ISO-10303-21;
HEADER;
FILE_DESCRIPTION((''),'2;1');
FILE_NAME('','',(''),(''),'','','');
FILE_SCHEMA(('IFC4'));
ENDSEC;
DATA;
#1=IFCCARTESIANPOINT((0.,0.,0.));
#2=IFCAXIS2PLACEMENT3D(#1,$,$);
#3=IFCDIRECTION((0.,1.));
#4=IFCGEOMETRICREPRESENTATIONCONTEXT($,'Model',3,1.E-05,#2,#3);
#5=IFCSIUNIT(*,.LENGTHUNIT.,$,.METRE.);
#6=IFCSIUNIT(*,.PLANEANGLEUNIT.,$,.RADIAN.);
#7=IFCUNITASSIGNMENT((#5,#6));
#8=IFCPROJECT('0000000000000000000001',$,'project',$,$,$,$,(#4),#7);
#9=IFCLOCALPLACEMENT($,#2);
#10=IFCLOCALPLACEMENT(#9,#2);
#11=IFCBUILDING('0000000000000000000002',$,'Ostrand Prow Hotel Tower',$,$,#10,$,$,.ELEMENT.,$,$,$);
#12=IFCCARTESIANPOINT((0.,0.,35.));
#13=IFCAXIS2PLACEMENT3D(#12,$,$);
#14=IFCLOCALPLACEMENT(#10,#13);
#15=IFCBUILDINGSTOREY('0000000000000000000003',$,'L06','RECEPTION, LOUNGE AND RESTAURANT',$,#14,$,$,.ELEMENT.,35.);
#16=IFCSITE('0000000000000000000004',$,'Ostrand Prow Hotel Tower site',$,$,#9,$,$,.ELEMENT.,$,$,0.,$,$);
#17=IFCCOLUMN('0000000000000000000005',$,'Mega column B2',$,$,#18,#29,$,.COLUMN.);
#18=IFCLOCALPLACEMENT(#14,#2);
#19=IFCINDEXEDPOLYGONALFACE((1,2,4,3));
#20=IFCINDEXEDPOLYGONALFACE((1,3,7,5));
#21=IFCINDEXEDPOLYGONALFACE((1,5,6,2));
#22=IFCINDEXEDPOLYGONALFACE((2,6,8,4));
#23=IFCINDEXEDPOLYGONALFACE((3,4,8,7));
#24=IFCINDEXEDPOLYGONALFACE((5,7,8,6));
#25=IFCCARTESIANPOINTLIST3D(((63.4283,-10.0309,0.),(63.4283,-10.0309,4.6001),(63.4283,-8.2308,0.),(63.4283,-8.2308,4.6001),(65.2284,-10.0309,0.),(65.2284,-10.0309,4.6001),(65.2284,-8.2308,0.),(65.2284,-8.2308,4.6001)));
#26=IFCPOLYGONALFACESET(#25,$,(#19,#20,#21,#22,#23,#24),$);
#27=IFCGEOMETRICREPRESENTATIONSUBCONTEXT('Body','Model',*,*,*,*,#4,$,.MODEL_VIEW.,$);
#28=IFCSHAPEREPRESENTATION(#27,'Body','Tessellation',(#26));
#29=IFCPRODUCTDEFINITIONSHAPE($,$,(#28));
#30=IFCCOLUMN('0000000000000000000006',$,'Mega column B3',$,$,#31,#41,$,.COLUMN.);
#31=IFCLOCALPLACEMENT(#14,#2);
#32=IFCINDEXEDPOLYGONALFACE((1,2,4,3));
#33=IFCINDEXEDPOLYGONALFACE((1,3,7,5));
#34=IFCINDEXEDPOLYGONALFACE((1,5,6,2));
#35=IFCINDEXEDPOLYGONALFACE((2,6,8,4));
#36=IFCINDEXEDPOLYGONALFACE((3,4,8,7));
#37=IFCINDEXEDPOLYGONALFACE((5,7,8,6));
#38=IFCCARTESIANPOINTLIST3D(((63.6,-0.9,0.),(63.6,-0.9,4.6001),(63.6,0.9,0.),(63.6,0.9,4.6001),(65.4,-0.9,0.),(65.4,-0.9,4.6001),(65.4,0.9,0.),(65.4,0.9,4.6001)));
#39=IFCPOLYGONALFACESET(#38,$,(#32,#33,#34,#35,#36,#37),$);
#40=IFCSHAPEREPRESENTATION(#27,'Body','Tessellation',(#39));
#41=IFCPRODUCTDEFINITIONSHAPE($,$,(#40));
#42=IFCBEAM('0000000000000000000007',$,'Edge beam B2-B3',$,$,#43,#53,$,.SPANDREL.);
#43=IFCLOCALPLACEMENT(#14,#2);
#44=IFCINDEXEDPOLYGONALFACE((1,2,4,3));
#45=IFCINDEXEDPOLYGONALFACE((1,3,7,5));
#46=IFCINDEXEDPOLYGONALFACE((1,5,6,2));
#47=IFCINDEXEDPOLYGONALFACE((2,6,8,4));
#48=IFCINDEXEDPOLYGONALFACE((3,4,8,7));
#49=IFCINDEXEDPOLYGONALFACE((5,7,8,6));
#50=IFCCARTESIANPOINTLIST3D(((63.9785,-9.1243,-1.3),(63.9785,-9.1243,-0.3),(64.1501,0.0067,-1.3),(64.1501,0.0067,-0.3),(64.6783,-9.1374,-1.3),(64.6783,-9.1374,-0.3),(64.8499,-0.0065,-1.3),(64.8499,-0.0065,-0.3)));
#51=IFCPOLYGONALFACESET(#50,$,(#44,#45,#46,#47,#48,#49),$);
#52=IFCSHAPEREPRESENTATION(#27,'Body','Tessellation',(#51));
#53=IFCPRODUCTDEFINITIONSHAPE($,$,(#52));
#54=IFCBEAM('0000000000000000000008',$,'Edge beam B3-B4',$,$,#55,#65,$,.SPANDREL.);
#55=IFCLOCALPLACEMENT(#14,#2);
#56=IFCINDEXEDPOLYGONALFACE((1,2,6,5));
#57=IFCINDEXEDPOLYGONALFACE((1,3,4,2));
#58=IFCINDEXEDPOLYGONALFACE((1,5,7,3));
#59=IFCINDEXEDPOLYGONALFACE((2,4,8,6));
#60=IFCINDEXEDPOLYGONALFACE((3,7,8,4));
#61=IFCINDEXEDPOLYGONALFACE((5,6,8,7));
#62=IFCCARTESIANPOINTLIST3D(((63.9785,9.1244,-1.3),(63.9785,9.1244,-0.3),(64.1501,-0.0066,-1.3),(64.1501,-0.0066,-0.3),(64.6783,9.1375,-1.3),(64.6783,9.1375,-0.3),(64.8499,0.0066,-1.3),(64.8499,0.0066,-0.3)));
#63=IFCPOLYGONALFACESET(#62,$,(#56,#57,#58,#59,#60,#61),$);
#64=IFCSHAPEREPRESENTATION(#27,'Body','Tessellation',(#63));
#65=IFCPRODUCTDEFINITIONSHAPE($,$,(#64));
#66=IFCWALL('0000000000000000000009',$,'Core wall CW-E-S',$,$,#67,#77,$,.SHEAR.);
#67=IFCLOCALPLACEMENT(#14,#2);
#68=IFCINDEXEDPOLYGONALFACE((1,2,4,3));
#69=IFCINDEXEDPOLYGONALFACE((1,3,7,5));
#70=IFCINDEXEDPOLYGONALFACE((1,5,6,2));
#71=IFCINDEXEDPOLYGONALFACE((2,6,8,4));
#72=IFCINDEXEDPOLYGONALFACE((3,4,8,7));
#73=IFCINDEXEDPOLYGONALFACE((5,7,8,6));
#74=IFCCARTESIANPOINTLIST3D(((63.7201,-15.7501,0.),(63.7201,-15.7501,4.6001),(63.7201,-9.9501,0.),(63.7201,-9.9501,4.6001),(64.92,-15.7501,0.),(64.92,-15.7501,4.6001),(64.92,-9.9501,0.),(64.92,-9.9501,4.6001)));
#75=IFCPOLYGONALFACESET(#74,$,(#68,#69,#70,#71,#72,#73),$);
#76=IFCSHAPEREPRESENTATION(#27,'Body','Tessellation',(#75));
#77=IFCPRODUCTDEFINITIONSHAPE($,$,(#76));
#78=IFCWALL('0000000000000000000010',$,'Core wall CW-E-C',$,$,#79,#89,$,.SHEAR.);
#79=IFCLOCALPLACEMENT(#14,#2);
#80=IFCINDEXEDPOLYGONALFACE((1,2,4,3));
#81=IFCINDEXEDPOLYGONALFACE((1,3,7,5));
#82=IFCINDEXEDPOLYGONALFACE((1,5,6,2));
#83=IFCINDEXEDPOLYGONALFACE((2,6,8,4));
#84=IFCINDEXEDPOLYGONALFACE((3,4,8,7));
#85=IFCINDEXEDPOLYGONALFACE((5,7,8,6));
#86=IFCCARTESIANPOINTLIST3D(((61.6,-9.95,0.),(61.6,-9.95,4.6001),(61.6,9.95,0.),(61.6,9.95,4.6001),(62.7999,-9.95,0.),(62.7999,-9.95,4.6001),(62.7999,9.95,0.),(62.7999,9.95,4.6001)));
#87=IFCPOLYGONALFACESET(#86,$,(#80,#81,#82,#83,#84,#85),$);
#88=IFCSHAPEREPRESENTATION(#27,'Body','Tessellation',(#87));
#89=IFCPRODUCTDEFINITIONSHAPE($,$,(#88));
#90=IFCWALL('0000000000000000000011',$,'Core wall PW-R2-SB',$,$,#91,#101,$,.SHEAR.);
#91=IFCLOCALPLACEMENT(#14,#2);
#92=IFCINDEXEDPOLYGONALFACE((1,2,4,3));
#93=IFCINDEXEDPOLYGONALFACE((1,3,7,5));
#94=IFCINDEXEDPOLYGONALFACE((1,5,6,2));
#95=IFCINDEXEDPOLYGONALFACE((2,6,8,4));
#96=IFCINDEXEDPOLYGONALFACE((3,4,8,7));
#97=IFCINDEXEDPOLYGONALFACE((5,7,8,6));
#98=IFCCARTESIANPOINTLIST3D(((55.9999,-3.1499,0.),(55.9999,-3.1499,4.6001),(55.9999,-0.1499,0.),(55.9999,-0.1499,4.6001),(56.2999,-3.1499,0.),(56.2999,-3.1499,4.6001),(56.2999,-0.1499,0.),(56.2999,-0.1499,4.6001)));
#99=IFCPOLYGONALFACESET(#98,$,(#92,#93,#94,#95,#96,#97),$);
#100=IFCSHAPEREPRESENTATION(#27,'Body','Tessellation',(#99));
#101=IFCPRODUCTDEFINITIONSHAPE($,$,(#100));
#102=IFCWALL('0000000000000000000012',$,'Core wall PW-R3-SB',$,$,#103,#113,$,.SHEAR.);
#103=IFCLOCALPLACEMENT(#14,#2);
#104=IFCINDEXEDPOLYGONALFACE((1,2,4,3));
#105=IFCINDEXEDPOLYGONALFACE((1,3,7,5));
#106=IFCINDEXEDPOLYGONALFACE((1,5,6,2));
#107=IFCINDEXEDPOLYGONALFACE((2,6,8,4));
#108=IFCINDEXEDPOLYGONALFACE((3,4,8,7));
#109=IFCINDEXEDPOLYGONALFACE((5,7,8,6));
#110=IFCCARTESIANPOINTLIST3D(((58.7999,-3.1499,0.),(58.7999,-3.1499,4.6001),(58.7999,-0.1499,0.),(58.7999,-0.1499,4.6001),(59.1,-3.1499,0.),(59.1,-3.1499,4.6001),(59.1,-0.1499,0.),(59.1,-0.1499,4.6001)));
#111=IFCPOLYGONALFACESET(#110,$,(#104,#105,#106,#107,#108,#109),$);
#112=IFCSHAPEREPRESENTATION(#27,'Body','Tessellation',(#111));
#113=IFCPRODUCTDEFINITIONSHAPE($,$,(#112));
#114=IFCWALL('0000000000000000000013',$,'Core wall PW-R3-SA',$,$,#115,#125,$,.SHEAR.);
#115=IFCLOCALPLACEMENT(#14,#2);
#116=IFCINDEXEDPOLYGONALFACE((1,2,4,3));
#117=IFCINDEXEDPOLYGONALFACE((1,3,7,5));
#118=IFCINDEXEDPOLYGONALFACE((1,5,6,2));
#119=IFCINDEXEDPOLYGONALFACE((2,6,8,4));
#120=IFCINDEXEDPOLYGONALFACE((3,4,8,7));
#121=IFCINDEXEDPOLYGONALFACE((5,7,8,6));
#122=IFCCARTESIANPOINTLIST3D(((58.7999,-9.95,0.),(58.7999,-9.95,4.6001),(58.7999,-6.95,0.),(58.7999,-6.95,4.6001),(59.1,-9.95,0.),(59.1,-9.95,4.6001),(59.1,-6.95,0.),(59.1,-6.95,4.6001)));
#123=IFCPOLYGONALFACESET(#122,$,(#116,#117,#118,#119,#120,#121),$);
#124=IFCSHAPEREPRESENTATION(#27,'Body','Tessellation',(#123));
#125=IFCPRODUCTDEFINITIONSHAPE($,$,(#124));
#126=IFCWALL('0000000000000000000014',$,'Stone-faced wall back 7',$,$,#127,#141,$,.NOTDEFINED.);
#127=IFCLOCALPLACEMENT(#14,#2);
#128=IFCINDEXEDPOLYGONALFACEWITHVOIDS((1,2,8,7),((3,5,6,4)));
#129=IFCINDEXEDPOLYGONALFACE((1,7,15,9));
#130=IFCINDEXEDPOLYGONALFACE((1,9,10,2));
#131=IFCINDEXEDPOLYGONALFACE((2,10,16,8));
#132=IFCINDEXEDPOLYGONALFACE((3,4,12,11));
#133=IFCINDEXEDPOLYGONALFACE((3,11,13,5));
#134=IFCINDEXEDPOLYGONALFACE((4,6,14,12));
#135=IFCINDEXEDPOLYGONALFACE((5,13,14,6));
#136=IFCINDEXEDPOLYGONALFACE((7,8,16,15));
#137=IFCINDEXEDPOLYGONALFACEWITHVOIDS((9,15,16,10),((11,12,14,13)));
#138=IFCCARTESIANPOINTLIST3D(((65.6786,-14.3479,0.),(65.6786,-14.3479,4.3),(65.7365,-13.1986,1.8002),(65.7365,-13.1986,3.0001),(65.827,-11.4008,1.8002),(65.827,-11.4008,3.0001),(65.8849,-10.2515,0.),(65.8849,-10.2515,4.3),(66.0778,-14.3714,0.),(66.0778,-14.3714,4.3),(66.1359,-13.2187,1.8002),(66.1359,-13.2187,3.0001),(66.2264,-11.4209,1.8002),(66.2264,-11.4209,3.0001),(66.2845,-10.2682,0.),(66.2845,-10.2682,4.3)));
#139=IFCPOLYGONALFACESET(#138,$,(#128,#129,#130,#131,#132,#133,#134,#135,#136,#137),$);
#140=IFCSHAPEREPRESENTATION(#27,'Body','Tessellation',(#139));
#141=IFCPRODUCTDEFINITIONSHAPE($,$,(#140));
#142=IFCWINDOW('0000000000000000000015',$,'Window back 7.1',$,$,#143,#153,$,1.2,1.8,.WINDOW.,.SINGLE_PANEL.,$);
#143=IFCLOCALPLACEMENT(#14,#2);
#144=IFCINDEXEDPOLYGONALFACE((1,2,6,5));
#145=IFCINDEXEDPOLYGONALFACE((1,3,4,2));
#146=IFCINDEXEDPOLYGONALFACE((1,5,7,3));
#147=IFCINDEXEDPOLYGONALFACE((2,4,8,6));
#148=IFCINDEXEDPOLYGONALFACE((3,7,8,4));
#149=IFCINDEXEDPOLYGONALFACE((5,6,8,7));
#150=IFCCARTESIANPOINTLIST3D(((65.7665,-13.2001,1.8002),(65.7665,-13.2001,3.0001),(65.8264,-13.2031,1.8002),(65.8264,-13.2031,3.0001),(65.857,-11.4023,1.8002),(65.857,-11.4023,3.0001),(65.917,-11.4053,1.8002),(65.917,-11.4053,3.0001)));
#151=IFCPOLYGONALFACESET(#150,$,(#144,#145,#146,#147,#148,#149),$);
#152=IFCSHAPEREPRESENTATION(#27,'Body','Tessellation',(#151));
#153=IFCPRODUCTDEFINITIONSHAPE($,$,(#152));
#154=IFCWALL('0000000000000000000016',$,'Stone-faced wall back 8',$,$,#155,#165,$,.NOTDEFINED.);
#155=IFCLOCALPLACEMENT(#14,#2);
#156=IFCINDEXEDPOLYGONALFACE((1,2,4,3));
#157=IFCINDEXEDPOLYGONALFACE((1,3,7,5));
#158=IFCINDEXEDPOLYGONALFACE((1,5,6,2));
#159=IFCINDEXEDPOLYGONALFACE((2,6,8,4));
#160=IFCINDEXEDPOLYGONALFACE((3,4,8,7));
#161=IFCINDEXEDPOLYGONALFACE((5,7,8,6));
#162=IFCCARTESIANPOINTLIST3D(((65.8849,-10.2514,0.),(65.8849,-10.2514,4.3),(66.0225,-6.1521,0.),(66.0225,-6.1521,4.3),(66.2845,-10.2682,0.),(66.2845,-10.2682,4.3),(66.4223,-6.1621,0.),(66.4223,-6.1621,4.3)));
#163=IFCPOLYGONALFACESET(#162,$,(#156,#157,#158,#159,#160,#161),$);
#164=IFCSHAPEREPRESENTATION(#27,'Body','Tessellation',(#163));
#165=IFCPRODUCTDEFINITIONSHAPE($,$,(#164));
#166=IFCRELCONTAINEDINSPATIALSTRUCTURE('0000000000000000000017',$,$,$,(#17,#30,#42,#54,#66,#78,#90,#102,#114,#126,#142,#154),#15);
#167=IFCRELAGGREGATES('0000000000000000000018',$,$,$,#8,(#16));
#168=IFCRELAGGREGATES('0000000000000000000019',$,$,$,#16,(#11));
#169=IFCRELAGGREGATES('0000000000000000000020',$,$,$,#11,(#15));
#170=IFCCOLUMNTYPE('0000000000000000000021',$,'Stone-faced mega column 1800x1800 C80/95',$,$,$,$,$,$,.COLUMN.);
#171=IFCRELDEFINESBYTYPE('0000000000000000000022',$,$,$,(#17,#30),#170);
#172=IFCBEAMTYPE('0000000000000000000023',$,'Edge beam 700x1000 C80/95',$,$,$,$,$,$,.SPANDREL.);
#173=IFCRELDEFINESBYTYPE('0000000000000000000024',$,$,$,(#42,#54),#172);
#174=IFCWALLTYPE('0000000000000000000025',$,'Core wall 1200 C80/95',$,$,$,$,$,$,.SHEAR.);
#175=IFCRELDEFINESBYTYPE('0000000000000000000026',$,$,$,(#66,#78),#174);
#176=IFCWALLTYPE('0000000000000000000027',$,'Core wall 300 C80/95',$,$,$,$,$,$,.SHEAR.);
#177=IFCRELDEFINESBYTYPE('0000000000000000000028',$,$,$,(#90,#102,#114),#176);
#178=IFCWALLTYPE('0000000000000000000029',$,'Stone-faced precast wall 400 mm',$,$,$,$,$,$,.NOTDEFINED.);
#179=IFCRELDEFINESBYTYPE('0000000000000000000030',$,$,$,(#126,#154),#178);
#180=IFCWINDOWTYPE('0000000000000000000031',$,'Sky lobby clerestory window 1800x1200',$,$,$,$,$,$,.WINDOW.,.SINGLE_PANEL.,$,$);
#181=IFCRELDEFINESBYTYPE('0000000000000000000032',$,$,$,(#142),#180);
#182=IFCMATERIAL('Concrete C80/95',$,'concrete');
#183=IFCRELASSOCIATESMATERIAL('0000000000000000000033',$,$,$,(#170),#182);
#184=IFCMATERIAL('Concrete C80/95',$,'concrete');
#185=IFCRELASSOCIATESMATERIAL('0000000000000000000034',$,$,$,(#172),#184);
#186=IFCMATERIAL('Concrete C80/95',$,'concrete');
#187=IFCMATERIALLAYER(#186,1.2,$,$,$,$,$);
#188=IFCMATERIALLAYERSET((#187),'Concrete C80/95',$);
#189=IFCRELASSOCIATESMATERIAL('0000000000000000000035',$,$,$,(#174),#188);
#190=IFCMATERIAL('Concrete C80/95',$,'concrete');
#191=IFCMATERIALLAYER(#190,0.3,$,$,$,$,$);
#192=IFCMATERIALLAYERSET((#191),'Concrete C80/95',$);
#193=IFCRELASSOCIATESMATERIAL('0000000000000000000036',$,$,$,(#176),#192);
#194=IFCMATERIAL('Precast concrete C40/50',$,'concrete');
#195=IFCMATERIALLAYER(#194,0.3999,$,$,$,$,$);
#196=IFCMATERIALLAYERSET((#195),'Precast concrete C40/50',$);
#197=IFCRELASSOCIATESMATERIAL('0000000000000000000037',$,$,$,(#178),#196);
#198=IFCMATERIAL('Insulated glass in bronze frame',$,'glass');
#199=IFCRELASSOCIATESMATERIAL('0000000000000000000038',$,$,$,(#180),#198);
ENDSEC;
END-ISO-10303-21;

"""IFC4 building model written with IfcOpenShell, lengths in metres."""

from ifc_helpers import new_model, si_unit, direction, frame, frame_2d, origin, origin_2d, place, context, subcontext, project, spatial, polyline, rectangle, outline, extrude, material, layer, layer_set, material_profile, profile_set, type_object, element, fill, save


model = new_model("IFC4")

# Units and contexts
model_context = context("Model", 3, precision=1e-05, world=origin(), true_north=direction((0.0, 1.0)))
body_context = subcontext(model_context, "Body", "Model", "MODEL_VIEW")
ifc_project = project(units=[si_unit("LENGTHUNIT", "METRE"), si_unit("PLANEANGLEUNIT", "RADIAN")], contexts=[model_context])

# Site, building, storey
site_placement = place(None, origin())
site = spatial("IfcSite", under=ifc_project, at=site_placement, Name="Ostrand Prow Hotel Tower site", CompositionType="ELEMENT", RefElevation=0.0)
building_placement = place(site_placement, origin())
building = spatial("IfcBuilding", under=site, at=building_placement, Name="Ostrand Prow Hotel Tower", CompositionType="ELEMENT")
storey_placement = place(building_placement, frame((0.0, 0.0, 35.0)))
storey = spatial("IfcBuildingStorey", under=building, at=storey_placement, Name="L06", Description="RECEPTION, LOUNGE AND RESTAURANT", CompositionType="ELEMENT", Elevation=35.0)

# Columns
ifc_material_1 = material(Name="Concrete C80/95", Category="concrete")
ifc_material_profile_1 = material_profile(ifc_material_1, rectangle(XDim=1.8, YDim=1.8, at=origin_2d()), Name="RC 1800x1800")
ifc_profile_set_1 = profile_set([ifc_material_profile_1], Name="Concrete C80/95")
column_type = type_object("IfcColumnType", Name="Stone-faced mega column 1800x1800 C80/95", PredefinedType="COLUMN", material=ifc_profile_set_1)
for number, where, z_axis, x_axis, name in (
    (1, (64.3284, -9.1309, 0.0), (0.0, 0.0, 1.0), (1.0, 0.0, 0.0), "Mega column B2"),
    (2, (64.5, 0.0, 0.0), (0.0, 0.0, 1.0), (1.0, 0.0, 0.0), "Mega column B3"),
):
    element("IfcColumn", number, at=place(storey_placement, frame(where, z_axis=z_axis, x_axis=x_axis)), inside=storey, type_object=column_type, Name=name, PredefinedType="COLUMN", context=body_context, shape_type="SweptSolid", body=[
        extrude(rectangle(XDim=1.8, YDim=1.8, at=origin_2d()), origin(), (0.0, 0.0, 1.0), 4.6001),
    ])

# Beams
ifc_material_2 = material(Name="Concrete C80/95", Category="concrete")
ifc_material_profile_2 = material_profile(ifc_material_2, rectangle(XDim=0.7, YDim=1.0, at=origin_2d()), Name="RC 700x1000")
ifc_profile_set_2 = profile_set([ifc_material_profile_2], Name="Concrete C80/95")
beam_type = type_object("IfcBeamType", Name="Edge beam 700x1000 C80/95", PredefinedType="SPANDREL", material=ifc_profile_set_2)
for number, where, z_axis, x_axis, name in (
    (3, (64.3284, -9.1309, -0.8), (0.018793, 0.999823, 0.0), (-0.999823, 0.018793, 0.0), "Edge beam B2-B3"),
    (4, (64.5, 0.0, -0.8), (-0.018793, 0.999823, 0.0), (-0.999823, -0.018793, 0.0), "Edge beam B3-B4"),
):
    element("IfcBeam", number, at=place(storey_placement, frame(where, z_axis=z_axis, x_axis=x_axis)), inside=storey, type_object=beam_type, Name=name, PredefinedType="SPANDREL", context=body_context, shape_type="SweptSolid", body=[
        extrude(rectangle(XDim=0.7, YDim=1.0, at=origin_2d()), origin(), (0.0, 0.0, 1.0), 9.1326),
    ])

# Walls
ifc_material_3 = material(Name="Concrete C80/95", Category="concrete")
ifc_layer_1 = layer(ifc_material_3, 1.2)
ifc_layer_set_1 = layer_set([ifc_layer_1], Name="Concrete C80/95")
wall_type_1 = type_object("IfcWallType", Name="Core wall 1200 C80/95", PredefinedType="SHEAR", material=ifc_layer_set_1)
wall_1_placement = place(storey_placement, frame((64.3201, -15.75, 0.0), z_axis=(0.0, 0.0, 1.0), x_axis=(0.0, 1.0, 0.0)))
element("IfcWall", 5, at=wall_1_placement, inside=storey, type_object=wall_type_1, Name="Core wall CW-E-S", PredefinedType="SHEAR", context=body_context, shape_type="SweptSolid", body=[
    extrude(rectangle(XDim=5.8, YDim=1.2, at=frame_2d((2.8999, 0.0))), origin(), (0.0, 0.0, 1.0), 4.6001),
])
wall_2_placement = place(storey_placement, frame((62.2, -9.95, 0.0), z_axis=(0.0, 0.0, 1.0), x_axis=(0.0, 1.0, 0.0)))
element("IfcWall", 6, at=wall_2_placement, inside=storey, type_object=wall_type_1, Name="Core wall CW-E-C", PredefinedType="SHEAR", context=body_context, shape_type="SweptSolid", body=[
    extrude(rectangle(XDim=19.8999, YDim=1.2, at=frame_2d((9.95, 0.0))), origin(), (0.0, 0.0, 1.0), 4.6001),
])
ifc_material_4 = material(Name="Concrete C80/95", Category="concrete")
ifc_layer_2 = layer(ifc_material_4, 0.3)
ifc_layer_set_2 = layer_set([ifc_layer_2], Name="Concrete C80/95")
wall_type_2 = type_object("IfcWallType", Name="Core wall 300 C80/95", PredefinedType="SHEAR", material=ifc_layer_set_2)
for number, where, z_axis, x_axis, name in (
    (7, (56.1499, -3.1499, 0.0), (0.0, 0.0, 1.0), (0.0, 1.0, 0.0), "Core wall PW-R2-SB"),
    (8, (58.95, -3.1499, 0.0), (0.0, 0.0, 1.0), (0.0, 1.0, 0.0), "Core wall PW-R3-SB"),
    (9, (58.95, -9.95, 0.0), (0.0, 0.0, 1.0), (0.0, 1.0, 0.0), "Core wall PW-R3-SA"),
):
    element("IfcWall", number, at=place(storey_placement, frame(where, z_axis=z_axis, x_axis=x_axis)), inside=storey, type_object=wall_type_2, Name=name, PredefinedType="SHEAR", context=body_context, shape_type="SweptSolid", body=[
        extrude(rectangle(XDim=3.0, YDim=0.3, at=frame_2d((1.5, 0.0))), origin(), (0.0, 0.0, 1.0), 4.6001),
    ])

# Wall, opening, window
ifc_material_5 = material(Name="Precast concrete C40/50", Category="concrete")
ifc_layer_3 = layer(ifc_material_5, 0.3999)
ifc_layer_set_3 = layer_set([ifc_layer_3], Name="Precast concrete C40/50")
wall_type_3 = type_object("IfcWallType", Name="Stone-faced precast wall 400 mm", PredefinedType="NOTDEFINED", material=ifc_layer_set_3)
wall_3_placement = place(storey_placement, frame((65.8782, -14.3596, 0.0), z_axis=(0.0, 0.0, 1.0), x_axis=(0.050314, 0.998733, 0.0)))
wall_3 = element("IfcWall", 10, at=wall_3_placement, inside=storey, type_object=wall_type_3, Name="Stone-faced wall back 7", PredefinedType="NOTDEFINED", context=body_context, shape_type="SweptSolid", body=[
    extrude(outline(polyline([(-0.0017, -0.2), (4.1067, -0.2), (4.1033, 0.2), (0.0017, 0.2), (-0.0017, -0.2)])), origin(), (0.0, 0.0, 1.0), 4.3),
])
opening_1_placement = place(wall_3_placement, frame((1.1526, 0.0, 1.8)))
opening_1 = element("IfcOpeningElement", 11, at=opening_1_placement, cuts=wall_3, PredefinedType="OPENING", context=body_context, shape_type="SweptSolid", body=[
    extrude(rectangle(XDim=1.8, YDim=1.2, at=frame_2d((0.8999, 0.6001))), frame((0.0, 0.21, 0.0), z_axis=(0.0, -1.0, 0.0), x_axis=(1.0, 0.0, 0.0)), (0.0, 0.0, 1.0), 0.4199),
])
ifc_material_6 = material(Name="Insulated glass in bronze frame", Category="glass")
window_type = type_object("IfcWindowType", Name="Sky lobby clerestory window 1800x1200", PartitioningType="SINGLE_PANEL", PredefinedType="WINDOW", material=ifc_material_6)
window_1_placement = place(opening_1_placement, origin())
window_1 = element("IfcWindow", 12, at=window_1_placement, inside=storey, type_object=window_type, Name="Window back 7.1", OverallHeight=1.2, OverallWidth=1.8, PartitioningType="SINGLE_PANEL", PredefinedType="WINDOW", context=body_context, shape_type="SweptSolid", body=[
    extrude(rectangle(XDim=1.8, YDim=1.2, at=frame_2d((0.8999, 0.6001))), frame((0.0, 0.1699, 0.0), z_axis=(0.0, -1.0, 0.0), x_axis=(1.0, 0.0, 0.0)), (0.0, 0.0, 1.0), 0.0601),
])
fill(opening_1, window_1)

# Wall
wall_4_placement = place(storey_placement, frame((66.0847, -10.2598, 0.0), z_axis=(0.0, 0.0, 1.0), x_axis=(0.033543, 0.999437, 0.0)))
element("IfcWall", 13, at=wall_4_placement, inside=storey, type_object=wall_type_3, Name="Stone-faced wall back 8", PredefinedType="NOTDEFINED", context=body_context, shape_type="SweptSolid", body=[
    extrude(outline(polyline([(-0.0017, -0.2), (4.1067, -0.2), (4.1033, 0.2), (0.0017, 0.2), (-0.0017, -0.2)])), origin(), (0.0, 0.0, 1.0), 4.3),
])

save(model, "model.ifc")
